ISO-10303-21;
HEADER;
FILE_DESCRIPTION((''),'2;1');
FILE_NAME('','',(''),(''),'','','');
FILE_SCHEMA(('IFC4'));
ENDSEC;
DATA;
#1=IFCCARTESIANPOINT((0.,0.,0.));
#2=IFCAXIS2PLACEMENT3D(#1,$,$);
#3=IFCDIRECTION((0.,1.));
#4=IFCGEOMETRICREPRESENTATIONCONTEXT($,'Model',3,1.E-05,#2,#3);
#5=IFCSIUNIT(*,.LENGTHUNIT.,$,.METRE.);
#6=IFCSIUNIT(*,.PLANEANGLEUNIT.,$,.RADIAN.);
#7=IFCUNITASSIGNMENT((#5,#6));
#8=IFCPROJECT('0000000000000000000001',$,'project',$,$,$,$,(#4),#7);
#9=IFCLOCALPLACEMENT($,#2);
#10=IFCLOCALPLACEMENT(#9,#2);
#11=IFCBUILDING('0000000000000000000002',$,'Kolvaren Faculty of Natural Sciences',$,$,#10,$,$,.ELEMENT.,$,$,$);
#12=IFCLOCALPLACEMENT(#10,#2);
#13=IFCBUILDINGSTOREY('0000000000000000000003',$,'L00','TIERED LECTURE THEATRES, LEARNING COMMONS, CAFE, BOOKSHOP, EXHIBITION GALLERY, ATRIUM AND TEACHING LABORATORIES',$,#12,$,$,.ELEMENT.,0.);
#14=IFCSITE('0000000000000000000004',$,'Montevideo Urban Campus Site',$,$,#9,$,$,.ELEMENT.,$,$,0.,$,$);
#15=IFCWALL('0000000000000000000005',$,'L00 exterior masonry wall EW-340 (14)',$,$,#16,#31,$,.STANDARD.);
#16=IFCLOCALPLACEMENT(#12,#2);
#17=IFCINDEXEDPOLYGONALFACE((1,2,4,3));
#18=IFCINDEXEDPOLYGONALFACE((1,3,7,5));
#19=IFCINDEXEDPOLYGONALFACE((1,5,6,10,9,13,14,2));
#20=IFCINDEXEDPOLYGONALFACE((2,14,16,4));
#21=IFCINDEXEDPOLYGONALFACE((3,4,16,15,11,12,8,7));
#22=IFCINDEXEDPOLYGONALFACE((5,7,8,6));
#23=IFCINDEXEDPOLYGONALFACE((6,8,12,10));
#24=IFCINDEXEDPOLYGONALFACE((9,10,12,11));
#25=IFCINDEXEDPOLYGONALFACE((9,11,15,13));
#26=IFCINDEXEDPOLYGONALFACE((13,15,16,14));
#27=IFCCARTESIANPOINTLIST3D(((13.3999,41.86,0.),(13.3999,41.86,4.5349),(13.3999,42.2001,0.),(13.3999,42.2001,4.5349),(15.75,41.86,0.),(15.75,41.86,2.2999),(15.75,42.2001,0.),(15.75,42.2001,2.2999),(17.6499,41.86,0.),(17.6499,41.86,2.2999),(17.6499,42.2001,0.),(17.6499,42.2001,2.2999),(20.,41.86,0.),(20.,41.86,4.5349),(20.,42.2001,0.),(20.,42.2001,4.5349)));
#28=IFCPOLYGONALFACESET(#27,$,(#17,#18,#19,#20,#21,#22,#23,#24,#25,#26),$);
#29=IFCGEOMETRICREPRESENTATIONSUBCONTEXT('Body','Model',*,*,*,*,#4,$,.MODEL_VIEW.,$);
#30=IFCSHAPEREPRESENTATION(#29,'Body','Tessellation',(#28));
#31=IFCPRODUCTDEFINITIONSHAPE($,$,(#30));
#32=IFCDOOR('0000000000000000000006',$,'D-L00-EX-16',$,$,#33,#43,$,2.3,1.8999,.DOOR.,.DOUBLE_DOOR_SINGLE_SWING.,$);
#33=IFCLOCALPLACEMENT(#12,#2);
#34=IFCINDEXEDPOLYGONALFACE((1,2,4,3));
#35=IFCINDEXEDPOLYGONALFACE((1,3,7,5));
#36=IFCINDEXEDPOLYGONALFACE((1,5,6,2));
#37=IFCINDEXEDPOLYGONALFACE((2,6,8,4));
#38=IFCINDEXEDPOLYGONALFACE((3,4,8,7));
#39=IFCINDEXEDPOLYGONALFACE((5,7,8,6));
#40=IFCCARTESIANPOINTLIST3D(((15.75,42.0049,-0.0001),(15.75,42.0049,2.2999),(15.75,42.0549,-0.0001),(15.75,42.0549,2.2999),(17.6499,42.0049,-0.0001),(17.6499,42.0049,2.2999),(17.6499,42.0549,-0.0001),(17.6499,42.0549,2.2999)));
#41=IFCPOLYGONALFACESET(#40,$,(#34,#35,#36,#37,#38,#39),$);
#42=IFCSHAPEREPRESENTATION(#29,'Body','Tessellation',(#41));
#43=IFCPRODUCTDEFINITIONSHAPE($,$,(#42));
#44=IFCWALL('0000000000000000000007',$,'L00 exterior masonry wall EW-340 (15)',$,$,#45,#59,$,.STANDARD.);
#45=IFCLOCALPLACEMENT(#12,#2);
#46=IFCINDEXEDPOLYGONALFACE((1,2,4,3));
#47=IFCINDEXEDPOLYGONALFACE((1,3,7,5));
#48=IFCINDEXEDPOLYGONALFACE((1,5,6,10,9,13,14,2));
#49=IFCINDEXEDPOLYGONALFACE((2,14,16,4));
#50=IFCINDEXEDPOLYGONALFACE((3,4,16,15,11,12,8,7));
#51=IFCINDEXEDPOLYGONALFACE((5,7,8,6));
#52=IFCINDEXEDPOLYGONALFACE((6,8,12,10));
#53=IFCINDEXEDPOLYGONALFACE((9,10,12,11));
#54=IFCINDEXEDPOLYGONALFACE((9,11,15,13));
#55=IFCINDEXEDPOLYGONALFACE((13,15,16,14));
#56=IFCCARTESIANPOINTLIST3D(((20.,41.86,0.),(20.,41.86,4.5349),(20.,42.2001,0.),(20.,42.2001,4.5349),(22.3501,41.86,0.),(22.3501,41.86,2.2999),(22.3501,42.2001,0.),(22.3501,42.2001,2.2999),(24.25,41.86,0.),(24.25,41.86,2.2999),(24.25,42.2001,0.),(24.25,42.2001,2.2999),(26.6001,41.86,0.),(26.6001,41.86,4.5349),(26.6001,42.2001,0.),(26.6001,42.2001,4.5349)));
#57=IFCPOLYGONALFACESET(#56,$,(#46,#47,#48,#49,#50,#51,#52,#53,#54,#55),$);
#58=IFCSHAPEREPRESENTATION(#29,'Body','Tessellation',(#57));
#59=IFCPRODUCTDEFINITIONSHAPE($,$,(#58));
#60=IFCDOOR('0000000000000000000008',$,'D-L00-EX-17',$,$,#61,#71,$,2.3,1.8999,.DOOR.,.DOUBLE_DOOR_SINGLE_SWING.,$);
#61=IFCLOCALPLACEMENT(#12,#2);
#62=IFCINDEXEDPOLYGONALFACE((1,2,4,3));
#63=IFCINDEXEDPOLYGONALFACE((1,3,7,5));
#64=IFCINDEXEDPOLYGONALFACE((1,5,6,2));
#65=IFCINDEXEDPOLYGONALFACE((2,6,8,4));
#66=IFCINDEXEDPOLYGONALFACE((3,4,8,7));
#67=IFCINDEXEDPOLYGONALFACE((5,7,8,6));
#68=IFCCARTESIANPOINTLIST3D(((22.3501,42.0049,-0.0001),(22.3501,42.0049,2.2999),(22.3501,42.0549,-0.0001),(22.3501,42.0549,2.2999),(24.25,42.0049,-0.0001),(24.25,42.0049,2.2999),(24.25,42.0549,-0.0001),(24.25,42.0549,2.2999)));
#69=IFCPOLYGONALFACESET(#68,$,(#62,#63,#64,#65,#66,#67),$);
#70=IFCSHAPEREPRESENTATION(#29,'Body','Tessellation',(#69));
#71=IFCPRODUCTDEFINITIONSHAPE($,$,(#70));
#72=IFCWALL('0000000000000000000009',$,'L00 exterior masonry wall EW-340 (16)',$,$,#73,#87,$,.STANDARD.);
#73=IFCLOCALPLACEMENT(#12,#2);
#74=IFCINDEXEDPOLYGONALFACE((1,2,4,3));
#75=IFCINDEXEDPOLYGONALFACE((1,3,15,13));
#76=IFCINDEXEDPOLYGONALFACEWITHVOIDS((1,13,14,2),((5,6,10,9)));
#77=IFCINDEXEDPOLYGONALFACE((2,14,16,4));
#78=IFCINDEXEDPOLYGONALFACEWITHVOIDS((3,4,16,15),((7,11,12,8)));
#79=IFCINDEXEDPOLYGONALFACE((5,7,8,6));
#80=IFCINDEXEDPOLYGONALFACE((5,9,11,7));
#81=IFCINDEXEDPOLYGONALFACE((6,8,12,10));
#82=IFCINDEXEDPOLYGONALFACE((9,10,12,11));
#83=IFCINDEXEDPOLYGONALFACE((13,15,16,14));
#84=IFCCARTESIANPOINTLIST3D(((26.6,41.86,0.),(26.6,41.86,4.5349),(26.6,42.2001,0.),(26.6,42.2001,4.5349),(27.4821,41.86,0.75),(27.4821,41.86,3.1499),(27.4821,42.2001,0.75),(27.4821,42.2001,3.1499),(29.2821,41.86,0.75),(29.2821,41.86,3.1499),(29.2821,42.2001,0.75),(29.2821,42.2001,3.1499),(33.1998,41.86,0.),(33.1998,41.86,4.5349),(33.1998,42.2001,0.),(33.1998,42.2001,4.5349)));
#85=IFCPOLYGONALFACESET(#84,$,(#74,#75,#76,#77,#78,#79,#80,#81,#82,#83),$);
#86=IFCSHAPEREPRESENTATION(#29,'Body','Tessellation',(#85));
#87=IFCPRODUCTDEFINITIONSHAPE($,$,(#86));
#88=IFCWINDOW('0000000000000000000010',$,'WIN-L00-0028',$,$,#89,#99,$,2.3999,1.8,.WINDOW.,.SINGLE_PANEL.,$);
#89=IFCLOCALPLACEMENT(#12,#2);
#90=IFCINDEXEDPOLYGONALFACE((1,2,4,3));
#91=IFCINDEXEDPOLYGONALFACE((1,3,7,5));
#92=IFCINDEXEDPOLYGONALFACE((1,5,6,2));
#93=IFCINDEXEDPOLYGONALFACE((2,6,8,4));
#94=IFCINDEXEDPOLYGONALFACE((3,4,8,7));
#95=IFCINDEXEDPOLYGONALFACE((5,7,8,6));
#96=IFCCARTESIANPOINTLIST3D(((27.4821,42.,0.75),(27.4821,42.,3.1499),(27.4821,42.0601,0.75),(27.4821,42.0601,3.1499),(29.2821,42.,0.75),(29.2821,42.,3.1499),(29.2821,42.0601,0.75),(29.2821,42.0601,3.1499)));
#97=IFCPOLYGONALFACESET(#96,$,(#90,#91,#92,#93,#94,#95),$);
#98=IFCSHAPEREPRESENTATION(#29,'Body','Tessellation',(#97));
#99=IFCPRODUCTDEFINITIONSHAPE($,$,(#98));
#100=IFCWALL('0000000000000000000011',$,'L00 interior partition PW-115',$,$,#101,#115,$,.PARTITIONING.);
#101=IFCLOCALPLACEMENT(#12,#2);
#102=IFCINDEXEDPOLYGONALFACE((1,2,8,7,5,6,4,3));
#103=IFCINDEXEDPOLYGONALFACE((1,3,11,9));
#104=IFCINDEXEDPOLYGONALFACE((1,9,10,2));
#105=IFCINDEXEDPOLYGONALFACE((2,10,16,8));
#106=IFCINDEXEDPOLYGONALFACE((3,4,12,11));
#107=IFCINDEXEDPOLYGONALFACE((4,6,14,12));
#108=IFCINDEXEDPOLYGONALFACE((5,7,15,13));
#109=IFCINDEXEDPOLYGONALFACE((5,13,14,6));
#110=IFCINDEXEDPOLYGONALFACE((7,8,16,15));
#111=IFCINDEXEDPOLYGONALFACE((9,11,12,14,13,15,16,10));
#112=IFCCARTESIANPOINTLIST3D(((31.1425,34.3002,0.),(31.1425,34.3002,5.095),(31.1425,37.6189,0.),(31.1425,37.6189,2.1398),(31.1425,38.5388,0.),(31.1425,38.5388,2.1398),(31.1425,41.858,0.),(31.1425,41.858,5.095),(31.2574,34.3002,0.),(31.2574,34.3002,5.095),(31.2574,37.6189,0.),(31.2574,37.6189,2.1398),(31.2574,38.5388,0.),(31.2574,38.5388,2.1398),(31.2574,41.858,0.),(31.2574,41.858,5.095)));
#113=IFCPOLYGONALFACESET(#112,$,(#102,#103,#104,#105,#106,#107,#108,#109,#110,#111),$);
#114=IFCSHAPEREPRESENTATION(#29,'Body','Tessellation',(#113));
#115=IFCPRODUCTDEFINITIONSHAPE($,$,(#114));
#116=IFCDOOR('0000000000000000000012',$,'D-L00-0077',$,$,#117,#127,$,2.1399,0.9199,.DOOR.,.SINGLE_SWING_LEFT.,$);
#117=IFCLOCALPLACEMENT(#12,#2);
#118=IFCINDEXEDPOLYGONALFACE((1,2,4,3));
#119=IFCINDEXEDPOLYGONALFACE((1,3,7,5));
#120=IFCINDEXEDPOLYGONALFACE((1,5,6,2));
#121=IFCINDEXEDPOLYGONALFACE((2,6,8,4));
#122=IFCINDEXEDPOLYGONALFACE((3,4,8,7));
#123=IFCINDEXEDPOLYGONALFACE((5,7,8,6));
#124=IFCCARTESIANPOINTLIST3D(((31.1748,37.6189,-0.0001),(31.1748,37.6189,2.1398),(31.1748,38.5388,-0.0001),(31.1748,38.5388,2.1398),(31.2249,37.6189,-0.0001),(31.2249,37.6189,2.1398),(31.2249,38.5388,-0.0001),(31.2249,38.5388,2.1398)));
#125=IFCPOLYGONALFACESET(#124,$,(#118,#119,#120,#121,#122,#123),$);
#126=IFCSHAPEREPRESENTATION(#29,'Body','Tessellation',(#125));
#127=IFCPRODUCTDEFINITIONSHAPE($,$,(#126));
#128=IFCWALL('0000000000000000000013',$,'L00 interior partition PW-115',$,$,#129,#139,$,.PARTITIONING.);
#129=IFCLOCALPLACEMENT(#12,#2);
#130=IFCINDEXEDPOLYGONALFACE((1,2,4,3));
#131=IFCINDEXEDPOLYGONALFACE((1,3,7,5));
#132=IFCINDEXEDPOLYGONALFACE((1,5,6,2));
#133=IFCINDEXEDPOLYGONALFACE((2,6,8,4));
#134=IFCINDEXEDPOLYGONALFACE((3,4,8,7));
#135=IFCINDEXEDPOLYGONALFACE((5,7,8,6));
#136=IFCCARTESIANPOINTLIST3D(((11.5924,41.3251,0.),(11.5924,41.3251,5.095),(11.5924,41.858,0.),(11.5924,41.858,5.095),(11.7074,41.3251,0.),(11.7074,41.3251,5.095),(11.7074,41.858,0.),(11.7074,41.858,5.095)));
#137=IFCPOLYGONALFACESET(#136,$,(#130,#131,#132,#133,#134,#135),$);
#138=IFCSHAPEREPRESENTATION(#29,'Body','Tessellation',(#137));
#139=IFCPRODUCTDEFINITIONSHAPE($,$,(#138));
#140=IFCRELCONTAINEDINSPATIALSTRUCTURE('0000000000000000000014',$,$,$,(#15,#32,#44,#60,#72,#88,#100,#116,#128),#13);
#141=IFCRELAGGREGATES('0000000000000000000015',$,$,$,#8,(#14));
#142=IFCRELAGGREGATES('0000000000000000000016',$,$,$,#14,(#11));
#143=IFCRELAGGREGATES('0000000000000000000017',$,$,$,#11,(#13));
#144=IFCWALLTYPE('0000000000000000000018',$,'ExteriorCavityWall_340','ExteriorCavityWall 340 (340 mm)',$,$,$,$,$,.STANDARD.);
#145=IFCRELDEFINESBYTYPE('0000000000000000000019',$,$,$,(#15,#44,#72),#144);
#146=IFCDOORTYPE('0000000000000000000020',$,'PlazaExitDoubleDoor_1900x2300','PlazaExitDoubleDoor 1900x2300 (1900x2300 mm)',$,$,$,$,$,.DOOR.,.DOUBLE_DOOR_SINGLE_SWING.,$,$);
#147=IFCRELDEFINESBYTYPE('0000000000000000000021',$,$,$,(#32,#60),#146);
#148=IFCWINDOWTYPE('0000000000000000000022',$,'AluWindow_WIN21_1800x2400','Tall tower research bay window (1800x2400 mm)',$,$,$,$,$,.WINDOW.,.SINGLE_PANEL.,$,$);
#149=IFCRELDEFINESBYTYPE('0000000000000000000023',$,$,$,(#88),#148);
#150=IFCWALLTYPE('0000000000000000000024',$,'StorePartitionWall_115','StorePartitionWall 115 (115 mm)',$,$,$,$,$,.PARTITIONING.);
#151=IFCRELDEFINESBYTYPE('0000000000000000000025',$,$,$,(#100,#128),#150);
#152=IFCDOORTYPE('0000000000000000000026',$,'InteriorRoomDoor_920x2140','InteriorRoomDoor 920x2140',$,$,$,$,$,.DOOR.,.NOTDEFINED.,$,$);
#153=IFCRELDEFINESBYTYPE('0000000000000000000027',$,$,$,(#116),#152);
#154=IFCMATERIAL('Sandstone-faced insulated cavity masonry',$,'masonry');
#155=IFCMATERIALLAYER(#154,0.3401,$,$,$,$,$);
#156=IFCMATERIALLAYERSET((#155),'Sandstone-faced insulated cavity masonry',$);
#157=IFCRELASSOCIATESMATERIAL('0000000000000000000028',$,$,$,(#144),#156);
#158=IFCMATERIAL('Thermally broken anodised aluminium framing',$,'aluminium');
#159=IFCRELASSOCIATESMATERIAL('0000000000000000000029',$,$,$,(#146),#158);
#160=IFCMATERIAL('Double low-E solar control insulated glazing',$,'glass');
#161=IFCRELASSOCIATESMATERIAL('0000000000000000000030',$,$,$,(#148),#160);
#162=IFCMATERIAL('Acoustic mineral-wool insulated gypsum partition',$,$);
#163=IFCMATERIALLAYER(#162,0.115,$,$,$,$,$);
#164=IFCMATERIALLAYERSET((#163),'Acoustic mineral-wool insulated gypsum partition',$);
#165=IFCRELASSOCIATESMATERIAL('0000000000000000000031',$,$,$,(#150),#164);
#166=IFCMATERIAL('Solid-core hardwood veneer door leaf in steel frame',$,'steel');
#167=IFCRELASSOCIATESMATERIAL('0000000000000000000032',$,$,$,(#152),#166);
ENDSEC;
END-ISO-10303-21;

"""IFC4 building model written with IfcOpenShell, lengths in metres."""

from ifc_helpers import new_model, si_unit, direction, frame, frame_2d, origin, place, context, subcontext, project, spatial, rectangle, extrude, material, layer, layer_set, type_object, element, fill, save


model = new_model("IFC4")

# Units and contexts
model_context = context("Model", 3, precision=1e-05, world=origin(), true_north=direction((0.0, 1.0)))
body_context = subcontext(model_context, "Body", "Model", "MODEL_VIEW")
ifc_project = project(units=[si_unit("LENGTHUNIT", "METRE"), si_unit("PLANEANGLEUNIT", "RADIAN")], contexts=[model_context])

# Site, building, storey
site_placement = place(None, origin())
site = spatial("IfcSite", under=ifc_project, at=site_placement, Name="Montevideo Urban Campus Site", CompositionType="ELEMENT", RefElevation=0.0)
building_placement = place(site_placement, origin())
building = spatial("IfcBuilding", under=site, at=building_placement, Name="Kolvaren Faculty of Natural Sciences", CompositionType="ELEMENT")
storey_placement = place(building_placement, origin())
storey = spatial("IfcBuildingStorey", under=building, at=storey_placement, Name="L00", Description="TIERED LECTURE THEATRES, LEARNING COMMONS, CAFE, BOOKSHOP, EXHIBITION GALLERY, ATRIUM AND TEACHING LABORATORIES", CompositionType="ELEMENT", Elevation=0.0)

# Walls, openings, doors
ifc_material_1 = material(Name="Sandstone-faced insulated cavity masonry", Category="masonry")
ifc_layer_1 = layer(ifc_material_1, 0.3401)
ifc_layer_set_1 = layer_set([ifc_layer_1], Name="Sandstone-faced insulated cavity masonry")
wall_type_1 = type_object("IfcWallType", Name="ExteriorCavityWall_340", Description="ExteriorCavityWall 340 (340 mm)", PredefinedType="STANDARD", material=ifc_layer_set_1)
wall_1_placement = place(storey_placement, frame((13.3999, 42.03, 0.0), z_axis=(0.0, 0.0, 1.0), x_axis=(1.0, 0.0, 0.0)))
wall_1 = element("IfcWall", 1, at=wall_1_placement, inside=storey, type_object=wall_type_1, Name="L00 exterior masonry wall EW-340 (14)", PredefinedType="STANDARD", context=body_context, shape_type="SweptSolid", body=[
    extrude(rectangle(XDim=6.6001, YDim=0.3401, at=frame_2d((3.3, 0.0))), origin(), (0.0, 0.0, 1.0), 4.5349),
])
opening_1_placement = place(wall_1_placement, frame((2.3501, 0.0, 0.0)))
opening_1 = element("IfcOpeningElement", 2, at=opening_1_placement, cuts=wall_1, PredefinedType="OPENING", context=body_context, shape_type="SweptSolid", body=[
    extrude(rectangle(XDim=1.8999, YDim=2.3, at=frame_2d((0.95, 1.1499))), frame((0.0, 0.1799, 0.0), z_axis=(0.0, -1.0, 0.0), x_axis=(1.0, 0.0, 0.0)), (0.0, 0.0, 1.0), 0.3601),
])
ifc_material_2 = material(Name="Thermally broken anodised aluminium framing", Category="aluminium")
door_type_1 = type_object("IfcDoorType", Name="PlazaExitDoubleDoor_1900x2300", Description="PlazaExitDoubleDoor 1900x2300 (1900x2300 mm)", OperationType="DOUBLE_DOOR_SINGLE_SWING", PredefinedType="DOOR", material=ifc_material_2)
door_1_placement = place(opening_1_placement, origin())
door_1 = element("IfcDoor", 3, at=door_1_placement, inside=storey, type_object=door_type_1, Name="D-L00-EX-16", OperationType="DOUBLE_DOOR_SINGLE_SWING", OverallHeight=2.3, OverallWidth=1.8999, PredefinedType="DOOR", context=body_context, shape_type="SweptSolid", body=[
    extrude(rectangle(XDim=1.8999, YDim=2.3, at=frame_2d((0.95, 1.1499))), frame((0.0, 0.0249, 0.0), z_axis=(0.0, -1.0, 0.0), x_axis=(1.0, 0.0, 0.0)), (0.0, 0.0, 1.0), 0.05),
])
fill(opening_1, door_1)
wall_2_placement = place(storey_placement, frame((20.0, 42.03, 0.0), z_axis=(0.0, 0.0, 1.0), x_axis=(1.0, 0.0, 0.0)))
wall_2 = element("IfcWall", 4, at=wall_2_placement, inside=storey, type_object=wall_type_1, Name="L00 exterior masonry wall EW-340 (15)", PredefinedType="STANDARD", context=body_context, shape_type="SweptSolid", body=[
    extrude(rectangle(XDim=6.6001, YDim=0.3401, at=frame_2d((3.3, 0.0))), origin(), (0.0, 0.0, 1.0), 4.5349),
])
opening_2_placement = place(wall_2_placement, frame((2.3501, 0.0, 0.0)))
opening_2 = element("IfcOpeningElement", 5, at=opening_2_placement, cuts=wall_2, PredefinedType="OPENING", context=body_context, shape_type="SweptSolid", body=[
    extrude(rectangle(XDim=1.8999, YDim=2.3, at=frame_2d((0.95, 1.1499))), frame((0.0, 0.1799, 0.0), z_axis=(0.0, -1.0, 0.0), x_axis=(1.0, 0.0, 0.0)), (0.0, 0.0, 1.0), 0.3601),
])
door_2_placement = place(opening_2_placement, origin())
door_2 = element("IfcDoor", 6, at=door_2_placement, inside=storey, type_object=door_type_1, Name="D-L00-EX-17", OperationType="DOUBLE_DOOR_SINGLE_SWING", OverallHeight=2.3, OverallWidth=1.8999, PredefinedType="DOOR", context=body_context, shape_type="SweptSolid", body=[
    extrude(rectangle(XDim=1.8999, YDim=2.3, at=frame_2d((0.95, 1.1499))), frame((0.0, 0.0249, 0.0), z_axis=(0.0, -1.0, 0.0), x_axis=(1.0, 0.0, 0.0)), (0.0, 0.0, 1.0), 0.05),
])
fill(opening_2, door_2)

# Wall, opening, window
wall_3_placement = place(storey_placement, frame((26.6001, 42.03, 0.0), z_axis=(0.0, 0.0, 1.0), x_axis=(1.0, 0.0, 0.0)))
wall_3 = element("IfcWall", 7, at=wall_3_placement, inside=storey, type_object=wall_type_1, Name="L00 exterior masonry wall EW-340 (16)", PredefinedType="STANDARD", context=body_context, shape_type="SweptSolid", body=[
    extrude(rectangle(XDim=6.5999, YDim=0.3401, at=frame_2d((3.2998, 0.0))), origin(), (0.0, 0.0, 1.0), 4.5349),
])
opening_3_placement = place(wall_3_placement, frame((0.8821, 0.0, 0.75)))
opening_3 = element("IfcOpeningElement", 8, at=opening_3_placement, cuts=wall_3, PredefinedType="OPENING", context=body_context, shape_type="SweptSolid", body=[
    extrude(rectangle(XDim=1.8, YDim=2.3999, at=frame_2d((0.8999, 1.2))), frame((0.0, 0.1799, 0.0), z_axis=(0.0, -1.0, 0.0), x_axis=(1.0, 0.0, 0.0)), (0.0, 0.0, 1.0), 0.3601),
])
ifc_material_3 = material(Name="Double low-E solar control insulated glazing", Category="glass")
window_type = type_object("IfcWindowType", Name="AluWindow_WIN21_1800x2400", Description="Tall tower research bay window (1800x2400 mm)", PartitioningType="SINGLE_PANEL", PredefinedType="WINDOW", material=ifc_material_3)
window_placement = place(opening_3_placement, origin())
window = element("IfcWindow", 9, at=window_placement, inside=storey, type_object=window_type, Name="WIN-L00-0028", OverallHeight=2.3999, OverallWidth=1.8, PartitioningType="SINGLE_PANEL", PredefinedType="WINDOW", context=body_context, shape_type="SweptSolid", body=[
    extrude(rectangle(XDim=1.8, YDim=2.3999, at=frame_2d((0.8999, 1.2))), frame((0.0, 0.03, 0.0), z_axis=(0.0, -1.0, 0.0), x_axis=(1.0, 0.0, 0.0)), (0.0, 0.0, 1.0), 0.0601),
])
fill(opening_3, window)

# Wall, opening, door
ifc_material_4 = material(Name="Acoustic mineral-wool insulated gypsum partition")
ifc_layer_2 = layer(ifc_material_4, 0.115)
ifc_layer_set_2 = layer_set([ifc_layer_2], Name="Acoustic mineral-wool insulated gypsum partition")
wall_type_2 = type_object("IfcWallType", Name="StorePartitionWall_115", Description="StorePartitionWall 115 (115 mm)", PredefinedType="PARTITIONING", material=ifc_layer_set_2)
wall_4_placement = place(storey_placement, frame((31.2, 41.8579, 0.0), z_axis=(0.0, 0.0, 1.0), x_axis=(0.0, -1.0, 0.0)))
wall_4 = element("IfcWall", 10, at=wall_4_placement, inside=storey, type_object=wall_type_2, Name="L00 interior partition PW-115", PredefinedType="PARTITIONING", context=body_context, shape_type="SweptSolid", body=[
    extrude(rectangle(XDim=7.5579, YDim=0.115, at=frame_2d((3.7788, 0.0))), origin(), (0.0, 0.0, 1.0), 5.095),
])
opening_4_placement = place(wall_4_placement, frame((3.3191, 0.0, 0.0)))
opening_4 = element("IfcOpeningElement", 11, at=opening_4_placement, cuts=wall_4, PredefinedType="OPENING", context=body_context, shape_type="SweptSolid", body=[
    extrude(rectangle(XDim=0.9199, YDim=2.1399, at=frame_2d((0.46, 1.0698))), frame((0.0, 0.0674, 0.0), z_axis=(0.0, -1.0, 0.0), x_axis=(1.0, 0.0, 0.0)), (0.0, 0.0, 1.0), 0.135),
])
ifc_material_5 = material(Name="Solid-core hardwood veneer door leaf in steel frame", Category="steel")
door_type_2 = type_object("IfcDoorType", Name="InteriorRoomDoor_920x2140", Description="InteriorRoomDoor 920x2140", OperationType="NOTDEFINED", PredefinedType="DOOR", material=ifc_material_5)
door_3_placement = place(opening_4_placement, origin())
door_3 = element("IfcDoor", 12, at=door_3_placement, inside=storey, type_object=door_type_2, Name="D-L00-0077", OperationType="SINGLE_SWING_LEFT", OverallHeight=2.1399, OverallWidth=0.9199, PredefinedType="DOOR", context=body_context, shape_type="SweptSolid", body=[
    extrude(rectangle(XDim=0.9199, YDim=2.1399, at=frame_2d((0.46, 1.0698))), frame((0.0, 0.0249, 0.0), z_axis=(0.0, -1.0, 0.0), x_axis=(1.0, 0.0, 0.0)), (0.0, 0.0, 1.0), 0.05),
])
fill(opening_4, door_3)

# Wall
wall_5_placement = place(storey_placement, frame((11.6499, 41.325, 0.0), z_axis=(0.0, 0.0, 1.0), x_axis=(0.0, 1.0, 0.0)))
element("IfcWall", 13, at=wall_5_placement, inside=storey, type_object=wall_type_2, Name="L00 interior partition PW-115", PredefinedType="PARTITIONING", context=body_context, shape_type="SweptSolid", body=[
    extrude(rectangle(XDim=0.533, YDim=0.115, at=frame_2d((0.2666, 0.0))), origin(), (0.0, 0.0, 1.0), 5.095),
])

save(model, "model.ifc")
